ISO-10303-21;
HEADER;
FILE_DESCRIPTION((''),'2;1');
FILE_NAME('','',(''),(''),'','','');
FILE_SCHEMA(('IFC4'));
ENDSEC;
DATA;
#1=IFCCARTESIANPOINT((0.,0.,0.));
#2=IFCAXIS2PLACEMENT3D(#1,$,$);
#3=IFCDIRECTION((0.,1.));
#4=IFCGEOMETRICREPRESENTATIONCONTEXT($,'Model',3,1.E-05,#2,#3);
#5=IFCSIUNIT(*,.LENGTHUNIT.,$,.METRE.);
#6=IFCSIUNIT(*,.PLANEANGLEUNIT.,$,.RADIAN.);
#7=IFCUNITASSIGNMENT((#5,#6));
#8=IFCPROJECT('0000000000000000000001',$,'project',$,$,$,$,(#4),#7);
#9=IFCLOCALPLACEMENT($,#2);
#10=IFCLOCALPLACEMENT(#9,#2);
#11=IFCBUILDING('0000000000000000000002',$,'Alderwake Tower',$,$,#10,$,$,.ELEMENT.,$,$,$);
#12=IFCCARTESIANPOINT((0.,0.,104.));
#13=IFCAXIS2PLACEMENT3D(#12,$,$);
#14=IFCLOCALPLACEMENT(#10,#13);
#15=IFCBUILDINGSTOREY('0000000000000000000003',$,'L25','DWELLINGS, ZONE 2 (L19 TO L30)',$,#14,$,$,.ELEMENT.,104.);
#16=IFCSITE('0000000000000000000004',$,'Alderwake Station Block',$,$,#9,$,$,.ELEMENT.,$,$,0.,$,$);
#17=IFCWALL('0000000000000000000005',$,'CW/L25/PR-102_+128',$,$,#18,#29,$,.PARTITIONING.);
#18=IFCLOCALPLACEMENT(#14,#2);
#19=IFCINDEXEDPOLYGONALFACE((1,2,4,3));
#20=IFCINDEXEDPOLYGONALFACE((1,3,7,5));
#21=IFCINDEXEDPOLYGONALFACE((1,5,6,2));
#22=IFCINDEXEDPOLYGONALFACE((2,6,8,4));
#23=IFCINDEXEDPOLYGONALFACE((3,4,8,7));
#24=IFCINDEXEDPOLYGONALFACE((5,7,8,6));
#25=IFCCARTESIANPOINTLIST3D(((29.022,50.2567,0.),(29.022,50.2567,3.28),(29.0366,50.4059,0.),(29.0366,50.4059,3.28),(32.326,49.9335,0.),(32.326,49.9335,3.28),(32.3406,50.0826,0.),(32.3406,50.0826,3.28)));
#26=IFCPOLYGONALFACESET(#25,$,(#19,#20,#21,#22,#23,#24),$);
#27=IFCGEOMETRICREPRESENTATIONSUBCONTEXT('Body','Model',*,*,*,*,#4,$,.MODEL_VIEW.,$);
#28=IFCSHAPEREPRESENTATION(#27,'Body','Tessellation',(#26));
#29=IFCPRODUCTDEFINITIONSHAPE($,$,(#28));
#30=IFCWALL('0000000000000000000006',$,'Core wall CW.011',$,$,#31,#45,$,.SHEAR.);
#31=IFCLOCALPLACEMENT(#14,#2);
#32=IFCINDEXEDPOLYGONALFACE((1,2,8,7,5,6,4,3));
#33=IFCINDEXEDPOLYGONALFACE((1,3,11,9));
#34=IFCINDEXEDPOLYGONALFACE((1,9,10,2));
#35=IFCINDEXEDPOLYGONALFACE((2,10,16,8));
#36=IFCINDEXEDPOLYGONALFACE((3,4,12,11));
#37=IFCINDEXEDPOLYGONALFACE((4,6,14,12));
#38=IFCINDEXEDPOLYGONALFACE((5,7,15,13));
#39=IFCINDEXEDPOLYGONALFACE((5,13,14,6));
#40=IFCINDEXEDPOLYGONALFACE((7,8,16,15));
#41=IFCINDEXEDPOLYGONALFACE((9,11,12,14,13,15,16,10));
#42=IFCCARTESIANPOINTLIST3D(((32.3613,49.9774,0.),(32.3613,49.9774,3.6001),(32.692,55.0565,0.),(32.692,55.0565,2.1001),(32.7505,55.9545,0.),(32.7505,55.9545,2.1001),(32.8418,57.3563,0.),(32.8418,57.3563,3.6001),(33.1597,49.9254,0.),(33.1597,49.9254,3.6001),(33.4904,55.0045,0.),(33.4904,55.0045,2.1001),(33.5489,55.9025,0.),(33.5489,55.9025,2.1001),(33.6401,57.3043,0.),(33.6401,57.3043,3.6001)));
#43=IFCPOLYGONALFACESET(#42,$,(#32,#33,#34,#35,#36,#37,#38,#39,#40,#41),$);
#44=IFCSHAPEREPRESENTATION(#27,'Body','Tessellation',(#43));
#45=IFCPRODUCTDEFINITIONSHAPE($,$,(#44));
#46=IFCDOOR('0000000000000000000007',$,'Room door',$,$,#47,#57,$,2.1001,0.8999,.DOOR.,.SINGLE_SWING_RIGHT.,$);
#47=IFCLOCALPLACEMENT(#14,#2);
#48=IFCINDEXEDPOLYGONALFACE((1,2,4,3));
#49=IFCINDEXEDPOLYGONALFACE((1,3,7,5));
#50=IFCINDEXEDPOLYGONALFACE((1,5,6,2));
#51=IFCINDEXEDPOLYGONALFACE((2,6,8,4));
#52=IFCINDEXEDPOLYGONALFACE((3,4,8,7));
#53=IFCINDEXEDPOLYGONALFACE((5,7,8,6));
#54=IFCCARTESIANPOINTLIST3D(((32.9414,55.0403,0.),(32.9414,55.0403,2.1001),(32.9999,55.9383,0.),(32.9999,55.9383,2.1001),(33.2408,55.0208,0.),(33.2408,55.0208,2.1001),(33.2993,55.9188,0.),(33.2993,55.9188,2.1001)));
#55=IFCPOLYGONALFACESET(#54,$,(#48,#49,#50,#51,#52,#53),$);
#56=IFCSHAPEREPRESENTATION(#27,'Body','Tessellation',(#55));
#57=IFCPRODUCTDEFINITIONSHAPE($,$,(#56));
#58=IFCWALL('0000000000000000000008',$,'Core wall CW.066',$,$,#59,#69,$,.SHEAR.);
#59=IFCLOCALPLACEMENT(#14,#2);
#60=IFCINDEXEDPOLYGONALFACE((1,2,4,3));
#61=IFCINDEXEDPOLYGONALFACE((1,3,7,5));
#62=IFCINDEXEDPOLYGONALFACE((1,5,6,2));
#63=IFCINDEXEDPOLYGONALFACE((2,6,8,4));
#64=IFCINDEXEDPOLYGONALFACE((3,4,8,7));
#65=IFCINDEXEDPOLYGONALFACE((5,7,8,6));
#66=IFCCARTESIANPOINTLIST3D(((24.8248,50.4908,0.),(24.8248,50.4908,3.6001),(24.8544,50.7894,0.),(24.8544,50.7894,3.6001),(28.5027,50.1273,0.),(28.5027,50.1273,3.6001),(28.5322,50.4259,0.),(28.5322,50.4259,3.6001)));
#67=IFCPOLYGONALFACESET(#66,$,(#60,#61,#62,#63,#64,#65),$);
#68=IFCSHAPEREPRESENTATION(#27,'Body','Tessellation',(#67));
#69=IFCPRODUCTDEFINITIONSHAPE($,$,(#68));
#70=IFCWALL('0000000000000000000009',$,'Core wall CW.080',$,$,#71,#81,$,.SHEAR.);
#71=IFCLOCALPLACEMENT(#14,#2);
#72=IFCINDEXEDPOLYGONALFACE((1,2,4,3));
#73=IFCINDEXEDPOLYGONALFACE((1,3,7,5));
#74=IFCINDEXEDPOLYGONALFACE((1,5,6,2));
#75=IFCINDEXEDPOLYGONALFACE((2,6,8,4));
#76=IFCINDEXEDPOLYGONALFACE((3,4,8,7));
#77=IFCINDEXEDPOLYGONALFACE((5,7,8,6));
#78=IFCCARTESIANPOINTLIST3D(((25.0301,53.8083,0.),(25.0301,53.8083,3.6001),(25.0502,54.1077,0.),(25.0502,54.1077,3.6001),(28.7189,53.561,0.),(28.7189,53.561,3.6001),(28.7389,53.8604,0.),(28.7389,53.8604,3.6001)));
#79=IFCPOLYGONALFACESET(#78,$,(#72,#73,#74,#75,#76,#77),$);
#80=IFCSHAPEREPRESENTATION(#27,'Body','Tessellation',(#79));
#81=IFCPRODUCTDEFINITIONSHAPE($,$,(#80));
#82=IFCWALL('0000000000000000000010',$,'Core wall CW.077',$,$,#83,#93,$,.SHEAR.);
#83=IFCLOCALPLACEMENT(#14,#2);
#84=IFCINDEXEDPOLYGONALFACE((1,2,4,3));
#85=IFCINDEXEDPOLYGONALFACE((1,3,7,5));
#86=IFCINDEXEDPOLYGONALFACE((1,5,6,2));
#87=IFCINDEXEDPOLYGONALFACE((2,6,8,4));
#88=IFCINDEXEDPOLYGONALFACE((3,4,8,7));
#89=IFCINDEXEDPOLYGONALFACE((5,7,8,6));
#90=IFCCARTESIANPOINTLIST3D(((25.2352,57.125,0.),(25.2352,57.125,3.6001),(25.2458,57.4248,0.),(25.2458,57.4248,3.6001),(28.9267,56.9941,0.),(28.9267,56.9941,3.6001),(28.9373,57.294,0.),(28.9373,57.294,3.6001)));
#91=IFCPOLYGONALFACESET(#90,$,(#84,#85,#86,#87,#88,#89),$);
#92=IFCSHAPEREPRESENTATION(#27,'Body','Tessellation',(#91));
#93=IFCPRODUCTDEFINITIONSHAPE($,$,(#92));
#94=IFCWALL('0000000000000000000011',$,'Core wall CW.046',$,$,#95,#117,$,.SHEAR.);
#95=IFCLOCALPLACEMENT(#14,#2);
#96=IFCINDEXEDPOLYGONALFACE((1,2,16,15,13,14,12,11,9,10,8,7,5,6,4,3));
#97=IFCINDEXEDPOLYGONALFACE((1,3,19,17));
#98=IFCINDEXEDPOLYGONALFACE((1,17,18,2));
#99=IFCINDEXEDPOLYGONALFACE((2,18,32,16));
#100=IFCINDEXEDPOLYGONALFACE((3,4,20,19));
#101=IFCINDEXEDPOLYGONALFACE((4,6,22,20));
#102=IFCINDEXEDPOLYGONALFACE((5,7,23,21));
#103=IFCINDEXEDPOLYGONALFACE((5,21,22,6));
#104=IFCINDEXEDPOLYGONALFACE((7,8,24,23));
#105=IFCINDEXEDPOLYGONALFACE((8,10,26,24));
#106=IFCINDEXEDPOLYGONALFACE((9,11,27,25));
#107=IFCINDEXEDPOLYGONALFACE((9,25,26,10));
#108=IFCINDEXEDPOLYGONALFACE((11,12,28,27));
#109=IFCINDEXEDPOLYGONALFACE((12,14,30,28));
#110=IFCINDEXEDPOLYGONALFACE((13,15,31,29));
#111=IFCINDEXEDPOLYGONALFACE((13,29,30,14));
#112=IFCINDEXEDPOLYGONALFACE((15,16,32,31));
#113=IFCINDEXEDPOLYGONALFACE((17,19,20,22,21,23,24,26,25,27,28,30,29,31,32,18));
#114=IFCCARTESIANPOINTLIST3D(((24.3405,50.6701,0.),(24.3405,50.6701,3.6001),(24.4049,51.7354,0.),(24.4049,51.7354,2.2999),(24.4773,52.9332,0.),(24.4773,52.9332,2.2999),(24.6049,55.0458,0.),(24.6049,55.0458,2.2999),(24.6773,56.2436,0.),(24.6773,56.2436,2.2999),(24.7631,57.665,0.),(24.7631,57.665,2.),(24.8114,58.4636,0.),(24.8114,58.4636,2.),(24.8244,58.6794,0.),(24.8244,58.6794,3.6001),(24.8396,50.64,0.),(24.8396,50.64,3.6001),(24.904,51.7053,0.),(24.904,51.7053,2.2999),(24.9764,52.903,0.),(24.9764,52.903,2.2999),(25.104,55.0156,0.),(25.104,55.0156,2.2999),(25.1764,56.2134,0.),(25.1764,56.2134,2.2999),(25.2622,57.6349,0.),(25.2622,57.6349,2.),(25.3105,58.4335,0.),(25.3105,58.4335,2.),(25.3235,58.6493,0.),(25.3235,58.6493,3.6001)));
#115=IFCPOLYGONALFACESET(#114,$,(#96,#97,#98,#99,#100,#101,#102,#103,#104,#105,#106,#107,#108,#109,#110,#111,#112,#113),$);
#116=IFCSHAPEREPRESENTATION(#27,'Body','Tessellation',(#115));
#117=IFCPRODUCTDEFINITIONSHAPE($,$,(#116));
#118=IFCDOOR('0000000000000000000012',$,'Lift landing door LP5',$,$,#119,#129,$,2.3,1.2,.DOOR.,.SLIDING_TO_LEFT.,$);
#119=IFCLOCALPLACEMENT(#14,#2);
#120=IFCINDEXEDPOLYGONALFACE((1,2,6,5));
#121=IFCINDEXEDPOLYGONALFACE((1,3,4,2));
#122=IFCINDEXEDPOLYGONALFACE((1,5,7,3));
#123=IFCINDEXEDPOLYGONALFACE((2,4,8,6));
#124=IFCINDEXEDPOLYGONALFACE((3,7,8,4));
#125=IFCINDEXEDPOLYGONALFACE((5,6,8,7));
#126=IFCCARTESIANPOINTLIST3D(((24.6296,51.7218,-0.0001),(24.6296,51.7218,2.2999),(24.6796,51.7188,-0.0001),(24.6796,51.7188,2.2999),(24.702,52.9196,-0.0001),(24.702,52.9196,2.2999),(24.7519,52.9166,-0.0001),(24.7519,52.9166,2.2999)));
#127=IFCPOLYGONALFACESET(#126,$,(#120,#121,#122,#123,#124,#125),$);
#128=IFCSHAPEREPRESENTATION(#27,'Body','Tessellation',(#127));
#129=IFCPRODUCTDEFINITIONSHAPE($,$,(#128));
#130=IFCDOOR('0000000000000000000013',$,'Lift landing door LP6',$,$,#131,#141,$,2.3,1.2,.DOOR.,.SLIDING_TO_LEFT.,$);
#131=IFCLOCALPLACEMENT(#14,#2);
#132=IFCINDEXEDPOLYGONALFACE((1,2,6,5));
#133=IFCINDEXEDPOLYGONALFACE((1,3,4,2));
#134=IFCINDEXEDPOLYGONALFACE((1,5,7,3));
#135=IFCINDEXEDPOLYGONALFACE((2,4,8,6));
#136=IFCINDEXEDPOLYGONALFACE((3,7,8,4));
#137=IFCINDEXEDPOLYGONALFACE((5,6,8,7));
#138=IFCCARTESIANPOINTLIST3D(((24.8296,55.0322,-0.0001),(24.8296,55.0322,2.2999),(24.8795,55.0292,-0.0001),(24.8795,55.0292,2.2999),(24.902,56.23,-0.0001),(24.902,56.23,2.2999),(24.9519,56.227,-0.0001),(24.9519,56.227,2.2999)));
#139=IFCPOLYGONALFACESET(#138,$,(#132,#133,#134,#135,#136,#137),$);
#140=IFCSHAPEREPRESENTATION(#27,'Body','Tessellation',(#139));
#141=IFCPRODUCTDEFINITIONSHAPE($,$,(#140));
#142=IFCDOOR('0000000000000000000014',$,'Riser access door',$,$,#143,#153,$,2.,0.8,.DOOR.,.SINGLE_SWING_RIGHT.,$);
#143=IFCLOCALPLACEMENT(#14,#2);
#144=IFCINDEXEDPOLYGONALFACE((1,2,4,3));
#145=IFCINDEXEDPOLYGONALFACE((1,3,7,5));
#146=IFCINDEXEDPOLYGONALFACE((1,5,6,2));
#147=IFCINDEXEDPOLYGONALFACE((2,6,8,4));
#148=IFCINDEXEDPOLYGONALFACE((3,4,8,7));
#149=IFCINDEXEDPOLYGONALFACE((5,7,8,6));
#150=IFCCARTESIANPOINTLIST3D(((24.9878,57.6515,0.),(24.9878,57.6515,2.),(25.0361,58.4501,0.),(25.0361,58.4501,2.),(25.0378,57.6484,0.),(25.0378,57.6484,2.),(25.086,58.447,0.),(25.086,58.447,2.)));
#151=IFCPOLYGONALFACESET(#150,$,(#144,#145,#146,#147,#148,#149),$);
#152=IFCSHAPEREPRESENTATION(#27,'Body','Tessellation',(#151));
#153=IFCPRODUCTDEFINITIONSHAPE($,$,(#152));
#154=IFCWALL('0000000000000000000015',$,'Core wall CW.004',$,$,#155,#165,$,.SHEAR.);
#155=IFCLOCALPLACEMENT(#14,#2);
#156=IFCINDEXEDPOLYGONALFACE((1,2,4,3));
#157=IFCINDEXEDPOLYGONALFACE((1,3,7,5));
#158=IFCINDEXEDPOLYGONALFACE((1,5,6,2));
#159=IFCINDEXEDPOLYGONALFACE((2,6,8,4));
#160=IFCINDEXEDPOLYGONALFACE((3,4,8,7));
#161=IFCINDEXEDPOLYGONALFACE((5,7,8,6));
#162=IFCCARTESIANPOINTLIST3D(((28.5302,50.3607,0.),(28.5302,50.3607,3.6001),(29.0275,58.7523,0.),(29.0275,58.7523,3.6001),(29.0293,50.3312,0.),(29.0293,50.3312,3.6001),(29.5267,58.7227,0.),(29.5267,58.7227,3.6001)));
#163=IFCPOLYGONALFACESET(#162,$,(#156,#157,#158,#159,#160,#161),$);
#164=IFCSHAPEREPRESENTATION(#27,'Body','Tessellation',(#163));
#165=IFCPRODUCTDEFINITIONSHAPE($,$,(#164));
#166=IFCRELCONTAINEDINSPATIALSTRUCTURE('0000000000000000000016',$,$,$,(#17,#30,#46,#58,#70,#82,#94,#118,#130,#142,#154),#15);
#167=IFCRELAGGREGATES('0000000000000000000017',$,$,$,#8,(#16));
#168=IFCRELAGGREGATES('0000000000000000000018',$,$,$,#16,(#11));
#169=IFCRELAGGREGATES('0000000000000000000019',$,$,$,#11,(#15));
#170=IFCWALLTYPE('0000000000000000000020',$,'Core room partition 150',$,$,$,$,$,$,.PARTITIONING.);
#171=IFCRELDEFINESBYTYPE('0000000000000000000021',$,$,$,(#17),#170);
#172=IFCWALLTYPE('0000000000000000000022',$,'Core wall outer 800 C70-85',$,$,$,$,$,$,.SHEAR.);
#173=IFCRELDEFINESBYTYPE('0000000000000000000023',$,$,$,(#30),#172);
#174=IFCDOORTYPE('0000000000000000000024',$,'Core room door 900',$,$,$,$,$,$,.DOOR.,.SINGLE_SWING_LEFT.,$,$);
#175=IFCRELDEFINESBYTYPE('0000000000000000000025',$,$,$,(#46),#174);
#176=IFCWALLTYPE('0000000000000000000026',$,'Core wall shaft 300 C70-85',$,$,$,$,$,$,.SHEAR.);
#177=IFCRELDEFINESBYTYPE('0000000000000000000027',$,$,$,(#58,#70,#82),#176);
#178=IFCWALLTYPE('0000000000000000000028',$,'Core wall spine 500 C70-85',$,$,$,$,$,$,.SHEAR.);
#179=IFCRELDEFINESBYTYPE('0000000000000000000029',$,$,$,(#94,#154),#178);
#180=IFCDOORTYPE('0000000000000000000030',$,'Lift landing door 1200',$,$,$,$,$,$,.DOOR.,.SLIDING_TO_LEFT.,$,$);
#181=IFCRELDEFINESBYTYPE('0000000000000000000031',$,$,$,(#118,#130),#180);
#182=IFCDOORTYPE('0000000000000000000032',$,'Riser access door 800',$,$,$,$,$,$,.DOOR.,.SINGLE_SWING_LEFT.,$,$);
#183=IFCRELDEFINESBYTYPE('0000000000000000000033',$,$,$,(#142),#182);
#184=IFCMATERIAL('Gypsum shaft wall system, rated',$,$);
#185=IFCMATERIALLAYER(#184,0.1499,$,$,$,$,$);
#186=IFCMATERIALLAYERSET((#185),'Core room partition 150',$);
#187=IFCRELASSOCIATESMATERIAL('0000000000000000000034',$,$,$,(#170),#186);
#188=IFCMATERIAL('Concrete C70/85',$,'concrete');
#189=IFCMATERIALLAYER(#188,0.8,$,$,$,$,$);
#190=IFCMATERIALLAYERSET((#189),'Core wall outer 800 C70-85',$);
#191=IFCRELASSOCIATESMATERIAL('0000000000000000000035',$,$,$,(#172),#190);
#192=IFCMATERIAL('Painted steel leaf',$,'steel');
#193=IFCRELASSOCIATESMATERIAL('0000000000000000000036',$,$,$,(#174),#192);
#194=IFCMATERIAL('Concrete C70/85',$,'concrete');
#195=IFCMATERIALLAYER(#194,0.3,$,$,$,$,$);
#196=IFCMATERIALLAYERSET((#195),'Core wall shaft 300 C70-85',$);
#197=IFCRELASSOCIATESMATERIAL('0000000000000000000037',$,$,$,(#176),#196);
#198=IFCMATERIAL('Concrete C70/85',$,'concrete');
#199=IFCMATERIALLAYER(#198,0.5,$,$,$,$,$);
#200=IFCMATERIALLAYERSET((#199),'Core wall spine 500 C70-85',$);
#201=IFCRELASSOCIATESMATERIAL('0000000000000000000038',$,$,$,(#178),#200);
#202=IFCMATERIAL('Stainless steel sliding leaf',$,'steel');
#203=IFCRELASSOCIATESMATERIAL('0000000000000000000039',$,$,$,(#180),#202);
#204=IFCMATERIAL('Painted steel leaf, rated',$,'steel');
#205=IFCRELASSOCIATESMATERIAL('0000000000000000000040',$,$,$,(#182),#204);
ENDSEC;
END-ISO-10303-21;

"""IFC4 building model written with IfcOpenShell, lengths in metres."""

from ifc_helpers import new_model, si_unit, direction, frame, frame_2d, origin, place, context, subcontext, project, spatial, rectangle, extrude, material, layer, layer_set, type_object, element, fill, save


model = new_model("IFC4")

# Units and contexts
model_context = context("Model", 3, precision=1e-05, world=origin(), true_north=direction((0.0, 1.0)))
body_context = subcontext(model_context, "Body", "Model", "MODEL_VIEW")
ifc_project = project(units=[si_unit("LENGTHUNIT", "METRE"), si_unit("PLANEANGLEUNIT", "RADIAN")], contexts=[model_context])

# Site, building, storey
site_placement = place(None, origin())
site = spatial("IfcSite", under=ifc_project, at=site_placement, Name="Alderwake Station Block", CompositionType="ELEMENT", RefElevation=0.0)
building_placement = place(site_placement, origin())
building = spatial("IfcBuilding", under=site, at=building_placement, Name="Alderwake Tower", CompositionType="ELEMENT")
storey_placement = place(building_placement, frame((0.0, 0.0, 104.0)))
storey = spatial("IfcBuildingStorey", under=building, at=storey_placement, Name="L25", Description="DWELLINGS, ZONE 2 (L19 TO L30)", CompositionType="ELEMENT", Elevation=104.0)

# Wall
ifc_material_1 = material(Name="Gypsum shaft wall system, rated")
ifc_layer_1 = layer(ifc_material_1, 0.1499)
ifc_layer_set_1 = layer_set([ifc_layer_1], Name="Core room partition 150")
wall_type_1 = type_object("IfcWallType", Name="Core room partition 150", PredefinedType="PARTITIONING", material=ifc_layer_set_1)
wall_1_placement = place(storey_placement, frame((29.0293, 50.3313, 0.0), z_axis=(0.0, 0.0, 1.0), x_axis=(0.995248, -0.09737, 0.0)))
element("IfcWall", 1, at=wall_1_placement, inside=storey, type_object=wall_type_1, Name="CW/L25/PR-102_+128", PredefinedType="PARTITIONING", context=body_context, shape_type="SweptSolid", body=[
    extrude(rectangle(XDim=3.3198, YDim=0.1499, at=frame_2d((1.6599, 0.0))), origin(), (0.0, 0.0, 1.0), 3.28),
])

# Wall, opening, door
ifc_material_2 = material(Name="Concrete C70/85", Category="concrete")
ifc_layer_2 = layer(ifc_material_2, 0.8)
ifc_layer_set_2 = layer_set([ifc_layer_2], Name="Core wall outer 800 C70-85")
wall_type_2 = type_object("IfcWallType", Name="Core wall outer 800 C70-85", PredefinedType="SHEAR", material=ifc_layer_set_2)
wall_2_placement = place(storey_placement, frame((33.241, 57.3303, 0.0), z_axis=(0.0, 0.0, 1.0), x_axis=(-0.064976, -0.997887, 0.0)))
wall_2 = element("IfcWall", 2, at=wall_2_placement, inside=storey, type_object=wall_type_2, Name="Core wall CW.011", PredefinedType="SHEAR", context=body_context, shape_type="SweptSolid", body=[
    extrude(rectangle(XDim=7.3945, YDim=0.8, at=frame_2d((3.6973, 0.0))), origin(), (0.0, 0.0, 1.0), 3.6001),
])
opening_1_placement = place(wall_2_placement, frame((1.4048, 0.0, 0.0)))
opening_1 = element("IfcOpeningElement", 3, at=opening_1_placement, cuts=wall_2, PredefinedType="OPENING", context=body_context, shape_type="SweptSolid", body=[
    extrude(rectangle(XDim=0.8999, YDim=2.1001, at=frame_2d((0.45, 1.05))), frame((0.0, 0.4099, 0.0), z_axis=(0.0, -1.0, 0.0), x_axis=(1.0, 0.0, 0.0)), (0.0, 0.0, 1.0), 0.8201),
])
ifc_material_3 = material(Name="Painted steel leaf", Category="steel")
door_type_1 = type_object("IfcDoorType", Name="Core room door 900", OperationType="SINGLE_SWING_LEFT", PredefinedType="DOOR", material=ifc_material_3)
door_1_placement = place(opening_1_placement, origin())
door_1 = element("IfcDoor", 4, at=door_1_placement, inside=storey, type_object=door_type_1, Name="Room door", OperationType="SINGLE_SWING_RIGHT", OverallHeight=2.1001, OverallWidth=0.8999, PredefinedType="DOOR", context=body_context, shape_type="SweptSolid", body=[
    extrude(rectangle(XDim=0.8999, YDim=2.1001, at=frame_2d((0.45, 1.05))), frame((0.0, 0.1499, 0.0), z_axis=(0.0, -1.0, 0.0), x_axis=(1.0, 0.0, 0.0)), (0.0, 0.0, 1.0), 0.3),
])
fill(opening_1, door_1)

# Walls
ifc_material_4 = material(Name="Concrete C70/85", Category="concrete")
ifc_layer_3 = layer(ifc_material_4, 0.3)
ifc_layer_set_3 = layer_set([ifc_layer_3], Name="Core wall shaft 300 C70-85")
wall_type_3 = type_object("IfcWallType", Name="Core wall shaft 300 C70-85", PredefinedType="SHEAR", material=ifc_layer_set_3)
wall_3_placement = place(storey_placement, frame((24.8396, 50.6401, 0.0), z_axis=(0.0, 0.0, 1.0), x_axis=(0.995151, -0.098359, 0.0)))
element("IfcWall", 5, at=wall_3_placement, inside=storey, type_object=wall_type_3, Name="Core wall CW.066", PredefinedType="SHEAR", context=body_context, shape_type="SweptSolid", body=[
    extrude(rectangle(XDim=3.6958, YDim=0.3, at=frame_2d((1.8479, 0.0))), origin(), (0.0, 0.0, 1.0), 3.6001),
])
wall_4_placement = place(storey_placement, frame((25.04, 53.958, 0.0), z_axis=(0.0, 0.0, 1.0), x_axis=(0.99776, -0.066896, 0.0)))
element("IfcWall", 6, at=wall_4_placement, inside=storey, type_object=wall_type_3, Name="Core wall CW.080", PredefinedType="SHEAR", context=body_context, shape_type="SweptSolid", body=[
    extrude(rectangle(XDim=3.697, YDim=0.3, at=frame_2d((1.8486, 0.0))), origin(), (0.0, 0.0, 1.0), 3.6001),
])
wall_5_placement = place(storey_placement, frame((25.2405, 57.2749, 0.0), z_axis=(0.0, 0.0, 1.0), x_axis=(0.999372, -0.035425, 0.0)))
element("IfcWall", 7, at=wall_5_placement, inside=storey, type_object=wall_type_3, Name="Core wall CW.077", PredefinedType="SHEAR", context=body_context, shape_type="SweptSolid", body=[
    extrude(rectangle(XDim=3.6938, YDim=0.3, at=frame_2d((1.8469, 0.0))), origin(), (0.0, 0.0, 1.0), 3.6001),
])

# Wall, openings, doors
ifc_material_5 = material(Name="Concrete C70/85", Category="concrete")
ifc_layer_4 = layer(ifc_material_5, 0.5)
ifc_layer_set_4 = layer_set([ifc_layer_4], Name="Core wall spine 500 C70-85")
wall_type_4 = type_object("IfcWallType", Name="Core wall spine 500 C70-85", PredefinedType="SHEAR", material=ifc_layer_set_4)
wall_6_placement = place(storey_placement, frame((24.5901, 50.655, 0.0), z_axis=(0.0, 0.0, 1.0), x_axis=(0.060306, 0.99818, 0.0)))
wall_6 = element("IfcWall", 8, at=wall_6_placement, inside=storey, type_object=wall_type_4, Name="Core wall CW.046", PredefinedType="SHEAR", context=body_context, shape_type="SweptSolid", body=[
    extrude(rectangle(XDim=8.0239, YDim=0.5, at=frame_2d((4.012, 0.0))), origin(), (0.0, 0.0, 1.0), 3.6001),
])
opening_2_placement = place(wall_6_placement, frame((1.0671, 0.0, 0.0)))
opening_2 = element("IfcOpeningElement", 9, at=opening_2_placement, cuts=wall_6, PredefinedType="OPENING", context=body_context, shape_type="SweptSolid", body=[
    extrude(rectangle(XDim=1.2, YDim=2.3, at=frame_2d((0.6001, 1.1499))), frame((0.0, 0.26, 0.0), z_axis=(0.0, -1.0, 0.0), x_axis=(1.0, 0.0, 0.0)), (0.0, 0.0, 1.0), 0.52),
])
opening_3_placement = place(wall_6_placement, frame((4.3835, 0.0, 0.0)))
opening_3 = element("IfcOpeningElement", 10, at=opening_3_placement, cuts=wall_6, PredefinedType="OPENING", context=body_context, shape_type="SweptSolid", body=[
    extrude(rectangle(XDim=1.2, YDim=2.3, at=frame_2d((0.6001, 1.1499))), frame((0.0, 0.26, 0.0), z_axis=(0.0, -1.0, 0.0), x_axis=(1.0, 0.0, 0.0)), (0.0, 0.0, 1.0), 0.52),
])
opening_4_placement = place(wall_6_placement, frame((7.0078, 0.0, 0.0)))
opening_4 = element("IfcOpeningElement", 11, at=opening_4_placement, cuts=wall_6, PredefinedType="OPENING", context=body_context, shape_type="SweptSolid", body=[
    extrude(rectangle(XDim=0.8, YDim=2.0, at=frame_2d((0.3999, 1.0))), frame((0.0, 0.26, 0.0), z_axis=(0.0, -1.0, 0.0), x_axis=(1.0, 0.0, 0.0)), (0.0, 0.0, 1.0), 0.52),
])
ifc_material_6 = material(Name="Stainless steel sliding leaf", Category="steel")
door_type_2 = type_object("IfcDoorType", Name="Lift landing door 1200", OperationType="SLIDING_TO_LEFT", PredefinedType="DOOR", material=ifc_material_6)
door_2_placement = place(opening_2_placement, origin())
door_2 = element("IfcDoor", 12, at=door_2_placement, inside=storey, type_object=door_type_2, Name="Lift landing door LP5", OperationType="SLIDING_TO_LEFT", OverallHeight=2.3, OverallWidth=1.2, PredefinedType="DOOR", context=body_context, shape_type="SweptSolid", body=[
    extrude(rectangle(XDim=1.2, YDim=2.3, at=frame_2d((0.6001, 1.1499))), frame((0.0, 0.0249, 0.0), z_axis=(0.0, -1.0, 0.0), x_axis=(1.0, 0.0, 0.0)), (0.0, 0.0, 1.0), 0.05),
])
fill(opening_2, door_2)
door_3_placement = place(opening_3_placement, origin())
door_3 = element("IfcDoor", 13, at=door_3_placement, inside=storey, type_object=door_type_2, Name="Lift landing door LP6", OperationType="SLIDING_TO_LEFT", OverallHeight=2.3, OverallWidth=1.2, PredefinedType="DOOR", context=body_context, shape_type="SweptSolid", body=[
    extrude(rectangle(XDim=1.2, YDim=2.3, at=frame_2d((0.6001, 1.1499))), frame((0.0, 0.0249, 0.0), z_axis=(0.0, -1.0, 0.0), x_axis=(1.0, 0.0, 0.0)), (0.0, 0.0, 1.0), 0.05),
])
fill(opening_3, door_3)
ifc_material_7 = material(Name="Painted steel leaf, rated", Category="steel")
door_type_3 = type_object("IfcDoorType", Name="Riser access door 800", OperationType="SINGLE_SWING_LEFT", PredefinedType="DOOR", material=ifc_material_7)
door_4_placement = place(opening_4_placement, origin())
door_4 = element("IfcDoor", 14, at=door_4_placement, inside=storey, type_object=door_type_3, Name="Riser access door", OperationType="SINGLE_SWING_RIGHT", OverallHeight=2.0, OverallWidth=0.8, PredefinedType="DOOR", context=body_context, shape_type="SweptSolid", body=[
    extrude(rectangle(XDim=0.8, YDim=2.0, at=frame_2d((0.3999, 1.0))), frame((0.0, 0.0249, 0.0), z_axis=(0.0, -1.0, 0.0), x_axis=(1.0, 0.0, 0.0)), (0.0, 0.0, 1.0), 0.05),
])
fill(opening_4, door_4)

# Wall
wall_7_placement = place(storey_placement, frame((28.7798, 50.3459, 0.0), z_axis=(0.0, 0.0, 1.0), x_axis=(0.05916, 0.998249, 0.0)))
element("IfcWall", 15, at=wall_7_placement, inside=storey, type_object=wall_type_4, Name="Core wall CW.004", PredefinedType="SHEAR", context=body_context, shape_type="SweptSolid", body=[
    extrude(rectangle(XDim=8.4062, YDim=0.5, at=frame_2d((4.2031, 0.0))), origin(), (0.0, 0.0, 1.0), 3.6001),
])

save(model, "model.ifc")
